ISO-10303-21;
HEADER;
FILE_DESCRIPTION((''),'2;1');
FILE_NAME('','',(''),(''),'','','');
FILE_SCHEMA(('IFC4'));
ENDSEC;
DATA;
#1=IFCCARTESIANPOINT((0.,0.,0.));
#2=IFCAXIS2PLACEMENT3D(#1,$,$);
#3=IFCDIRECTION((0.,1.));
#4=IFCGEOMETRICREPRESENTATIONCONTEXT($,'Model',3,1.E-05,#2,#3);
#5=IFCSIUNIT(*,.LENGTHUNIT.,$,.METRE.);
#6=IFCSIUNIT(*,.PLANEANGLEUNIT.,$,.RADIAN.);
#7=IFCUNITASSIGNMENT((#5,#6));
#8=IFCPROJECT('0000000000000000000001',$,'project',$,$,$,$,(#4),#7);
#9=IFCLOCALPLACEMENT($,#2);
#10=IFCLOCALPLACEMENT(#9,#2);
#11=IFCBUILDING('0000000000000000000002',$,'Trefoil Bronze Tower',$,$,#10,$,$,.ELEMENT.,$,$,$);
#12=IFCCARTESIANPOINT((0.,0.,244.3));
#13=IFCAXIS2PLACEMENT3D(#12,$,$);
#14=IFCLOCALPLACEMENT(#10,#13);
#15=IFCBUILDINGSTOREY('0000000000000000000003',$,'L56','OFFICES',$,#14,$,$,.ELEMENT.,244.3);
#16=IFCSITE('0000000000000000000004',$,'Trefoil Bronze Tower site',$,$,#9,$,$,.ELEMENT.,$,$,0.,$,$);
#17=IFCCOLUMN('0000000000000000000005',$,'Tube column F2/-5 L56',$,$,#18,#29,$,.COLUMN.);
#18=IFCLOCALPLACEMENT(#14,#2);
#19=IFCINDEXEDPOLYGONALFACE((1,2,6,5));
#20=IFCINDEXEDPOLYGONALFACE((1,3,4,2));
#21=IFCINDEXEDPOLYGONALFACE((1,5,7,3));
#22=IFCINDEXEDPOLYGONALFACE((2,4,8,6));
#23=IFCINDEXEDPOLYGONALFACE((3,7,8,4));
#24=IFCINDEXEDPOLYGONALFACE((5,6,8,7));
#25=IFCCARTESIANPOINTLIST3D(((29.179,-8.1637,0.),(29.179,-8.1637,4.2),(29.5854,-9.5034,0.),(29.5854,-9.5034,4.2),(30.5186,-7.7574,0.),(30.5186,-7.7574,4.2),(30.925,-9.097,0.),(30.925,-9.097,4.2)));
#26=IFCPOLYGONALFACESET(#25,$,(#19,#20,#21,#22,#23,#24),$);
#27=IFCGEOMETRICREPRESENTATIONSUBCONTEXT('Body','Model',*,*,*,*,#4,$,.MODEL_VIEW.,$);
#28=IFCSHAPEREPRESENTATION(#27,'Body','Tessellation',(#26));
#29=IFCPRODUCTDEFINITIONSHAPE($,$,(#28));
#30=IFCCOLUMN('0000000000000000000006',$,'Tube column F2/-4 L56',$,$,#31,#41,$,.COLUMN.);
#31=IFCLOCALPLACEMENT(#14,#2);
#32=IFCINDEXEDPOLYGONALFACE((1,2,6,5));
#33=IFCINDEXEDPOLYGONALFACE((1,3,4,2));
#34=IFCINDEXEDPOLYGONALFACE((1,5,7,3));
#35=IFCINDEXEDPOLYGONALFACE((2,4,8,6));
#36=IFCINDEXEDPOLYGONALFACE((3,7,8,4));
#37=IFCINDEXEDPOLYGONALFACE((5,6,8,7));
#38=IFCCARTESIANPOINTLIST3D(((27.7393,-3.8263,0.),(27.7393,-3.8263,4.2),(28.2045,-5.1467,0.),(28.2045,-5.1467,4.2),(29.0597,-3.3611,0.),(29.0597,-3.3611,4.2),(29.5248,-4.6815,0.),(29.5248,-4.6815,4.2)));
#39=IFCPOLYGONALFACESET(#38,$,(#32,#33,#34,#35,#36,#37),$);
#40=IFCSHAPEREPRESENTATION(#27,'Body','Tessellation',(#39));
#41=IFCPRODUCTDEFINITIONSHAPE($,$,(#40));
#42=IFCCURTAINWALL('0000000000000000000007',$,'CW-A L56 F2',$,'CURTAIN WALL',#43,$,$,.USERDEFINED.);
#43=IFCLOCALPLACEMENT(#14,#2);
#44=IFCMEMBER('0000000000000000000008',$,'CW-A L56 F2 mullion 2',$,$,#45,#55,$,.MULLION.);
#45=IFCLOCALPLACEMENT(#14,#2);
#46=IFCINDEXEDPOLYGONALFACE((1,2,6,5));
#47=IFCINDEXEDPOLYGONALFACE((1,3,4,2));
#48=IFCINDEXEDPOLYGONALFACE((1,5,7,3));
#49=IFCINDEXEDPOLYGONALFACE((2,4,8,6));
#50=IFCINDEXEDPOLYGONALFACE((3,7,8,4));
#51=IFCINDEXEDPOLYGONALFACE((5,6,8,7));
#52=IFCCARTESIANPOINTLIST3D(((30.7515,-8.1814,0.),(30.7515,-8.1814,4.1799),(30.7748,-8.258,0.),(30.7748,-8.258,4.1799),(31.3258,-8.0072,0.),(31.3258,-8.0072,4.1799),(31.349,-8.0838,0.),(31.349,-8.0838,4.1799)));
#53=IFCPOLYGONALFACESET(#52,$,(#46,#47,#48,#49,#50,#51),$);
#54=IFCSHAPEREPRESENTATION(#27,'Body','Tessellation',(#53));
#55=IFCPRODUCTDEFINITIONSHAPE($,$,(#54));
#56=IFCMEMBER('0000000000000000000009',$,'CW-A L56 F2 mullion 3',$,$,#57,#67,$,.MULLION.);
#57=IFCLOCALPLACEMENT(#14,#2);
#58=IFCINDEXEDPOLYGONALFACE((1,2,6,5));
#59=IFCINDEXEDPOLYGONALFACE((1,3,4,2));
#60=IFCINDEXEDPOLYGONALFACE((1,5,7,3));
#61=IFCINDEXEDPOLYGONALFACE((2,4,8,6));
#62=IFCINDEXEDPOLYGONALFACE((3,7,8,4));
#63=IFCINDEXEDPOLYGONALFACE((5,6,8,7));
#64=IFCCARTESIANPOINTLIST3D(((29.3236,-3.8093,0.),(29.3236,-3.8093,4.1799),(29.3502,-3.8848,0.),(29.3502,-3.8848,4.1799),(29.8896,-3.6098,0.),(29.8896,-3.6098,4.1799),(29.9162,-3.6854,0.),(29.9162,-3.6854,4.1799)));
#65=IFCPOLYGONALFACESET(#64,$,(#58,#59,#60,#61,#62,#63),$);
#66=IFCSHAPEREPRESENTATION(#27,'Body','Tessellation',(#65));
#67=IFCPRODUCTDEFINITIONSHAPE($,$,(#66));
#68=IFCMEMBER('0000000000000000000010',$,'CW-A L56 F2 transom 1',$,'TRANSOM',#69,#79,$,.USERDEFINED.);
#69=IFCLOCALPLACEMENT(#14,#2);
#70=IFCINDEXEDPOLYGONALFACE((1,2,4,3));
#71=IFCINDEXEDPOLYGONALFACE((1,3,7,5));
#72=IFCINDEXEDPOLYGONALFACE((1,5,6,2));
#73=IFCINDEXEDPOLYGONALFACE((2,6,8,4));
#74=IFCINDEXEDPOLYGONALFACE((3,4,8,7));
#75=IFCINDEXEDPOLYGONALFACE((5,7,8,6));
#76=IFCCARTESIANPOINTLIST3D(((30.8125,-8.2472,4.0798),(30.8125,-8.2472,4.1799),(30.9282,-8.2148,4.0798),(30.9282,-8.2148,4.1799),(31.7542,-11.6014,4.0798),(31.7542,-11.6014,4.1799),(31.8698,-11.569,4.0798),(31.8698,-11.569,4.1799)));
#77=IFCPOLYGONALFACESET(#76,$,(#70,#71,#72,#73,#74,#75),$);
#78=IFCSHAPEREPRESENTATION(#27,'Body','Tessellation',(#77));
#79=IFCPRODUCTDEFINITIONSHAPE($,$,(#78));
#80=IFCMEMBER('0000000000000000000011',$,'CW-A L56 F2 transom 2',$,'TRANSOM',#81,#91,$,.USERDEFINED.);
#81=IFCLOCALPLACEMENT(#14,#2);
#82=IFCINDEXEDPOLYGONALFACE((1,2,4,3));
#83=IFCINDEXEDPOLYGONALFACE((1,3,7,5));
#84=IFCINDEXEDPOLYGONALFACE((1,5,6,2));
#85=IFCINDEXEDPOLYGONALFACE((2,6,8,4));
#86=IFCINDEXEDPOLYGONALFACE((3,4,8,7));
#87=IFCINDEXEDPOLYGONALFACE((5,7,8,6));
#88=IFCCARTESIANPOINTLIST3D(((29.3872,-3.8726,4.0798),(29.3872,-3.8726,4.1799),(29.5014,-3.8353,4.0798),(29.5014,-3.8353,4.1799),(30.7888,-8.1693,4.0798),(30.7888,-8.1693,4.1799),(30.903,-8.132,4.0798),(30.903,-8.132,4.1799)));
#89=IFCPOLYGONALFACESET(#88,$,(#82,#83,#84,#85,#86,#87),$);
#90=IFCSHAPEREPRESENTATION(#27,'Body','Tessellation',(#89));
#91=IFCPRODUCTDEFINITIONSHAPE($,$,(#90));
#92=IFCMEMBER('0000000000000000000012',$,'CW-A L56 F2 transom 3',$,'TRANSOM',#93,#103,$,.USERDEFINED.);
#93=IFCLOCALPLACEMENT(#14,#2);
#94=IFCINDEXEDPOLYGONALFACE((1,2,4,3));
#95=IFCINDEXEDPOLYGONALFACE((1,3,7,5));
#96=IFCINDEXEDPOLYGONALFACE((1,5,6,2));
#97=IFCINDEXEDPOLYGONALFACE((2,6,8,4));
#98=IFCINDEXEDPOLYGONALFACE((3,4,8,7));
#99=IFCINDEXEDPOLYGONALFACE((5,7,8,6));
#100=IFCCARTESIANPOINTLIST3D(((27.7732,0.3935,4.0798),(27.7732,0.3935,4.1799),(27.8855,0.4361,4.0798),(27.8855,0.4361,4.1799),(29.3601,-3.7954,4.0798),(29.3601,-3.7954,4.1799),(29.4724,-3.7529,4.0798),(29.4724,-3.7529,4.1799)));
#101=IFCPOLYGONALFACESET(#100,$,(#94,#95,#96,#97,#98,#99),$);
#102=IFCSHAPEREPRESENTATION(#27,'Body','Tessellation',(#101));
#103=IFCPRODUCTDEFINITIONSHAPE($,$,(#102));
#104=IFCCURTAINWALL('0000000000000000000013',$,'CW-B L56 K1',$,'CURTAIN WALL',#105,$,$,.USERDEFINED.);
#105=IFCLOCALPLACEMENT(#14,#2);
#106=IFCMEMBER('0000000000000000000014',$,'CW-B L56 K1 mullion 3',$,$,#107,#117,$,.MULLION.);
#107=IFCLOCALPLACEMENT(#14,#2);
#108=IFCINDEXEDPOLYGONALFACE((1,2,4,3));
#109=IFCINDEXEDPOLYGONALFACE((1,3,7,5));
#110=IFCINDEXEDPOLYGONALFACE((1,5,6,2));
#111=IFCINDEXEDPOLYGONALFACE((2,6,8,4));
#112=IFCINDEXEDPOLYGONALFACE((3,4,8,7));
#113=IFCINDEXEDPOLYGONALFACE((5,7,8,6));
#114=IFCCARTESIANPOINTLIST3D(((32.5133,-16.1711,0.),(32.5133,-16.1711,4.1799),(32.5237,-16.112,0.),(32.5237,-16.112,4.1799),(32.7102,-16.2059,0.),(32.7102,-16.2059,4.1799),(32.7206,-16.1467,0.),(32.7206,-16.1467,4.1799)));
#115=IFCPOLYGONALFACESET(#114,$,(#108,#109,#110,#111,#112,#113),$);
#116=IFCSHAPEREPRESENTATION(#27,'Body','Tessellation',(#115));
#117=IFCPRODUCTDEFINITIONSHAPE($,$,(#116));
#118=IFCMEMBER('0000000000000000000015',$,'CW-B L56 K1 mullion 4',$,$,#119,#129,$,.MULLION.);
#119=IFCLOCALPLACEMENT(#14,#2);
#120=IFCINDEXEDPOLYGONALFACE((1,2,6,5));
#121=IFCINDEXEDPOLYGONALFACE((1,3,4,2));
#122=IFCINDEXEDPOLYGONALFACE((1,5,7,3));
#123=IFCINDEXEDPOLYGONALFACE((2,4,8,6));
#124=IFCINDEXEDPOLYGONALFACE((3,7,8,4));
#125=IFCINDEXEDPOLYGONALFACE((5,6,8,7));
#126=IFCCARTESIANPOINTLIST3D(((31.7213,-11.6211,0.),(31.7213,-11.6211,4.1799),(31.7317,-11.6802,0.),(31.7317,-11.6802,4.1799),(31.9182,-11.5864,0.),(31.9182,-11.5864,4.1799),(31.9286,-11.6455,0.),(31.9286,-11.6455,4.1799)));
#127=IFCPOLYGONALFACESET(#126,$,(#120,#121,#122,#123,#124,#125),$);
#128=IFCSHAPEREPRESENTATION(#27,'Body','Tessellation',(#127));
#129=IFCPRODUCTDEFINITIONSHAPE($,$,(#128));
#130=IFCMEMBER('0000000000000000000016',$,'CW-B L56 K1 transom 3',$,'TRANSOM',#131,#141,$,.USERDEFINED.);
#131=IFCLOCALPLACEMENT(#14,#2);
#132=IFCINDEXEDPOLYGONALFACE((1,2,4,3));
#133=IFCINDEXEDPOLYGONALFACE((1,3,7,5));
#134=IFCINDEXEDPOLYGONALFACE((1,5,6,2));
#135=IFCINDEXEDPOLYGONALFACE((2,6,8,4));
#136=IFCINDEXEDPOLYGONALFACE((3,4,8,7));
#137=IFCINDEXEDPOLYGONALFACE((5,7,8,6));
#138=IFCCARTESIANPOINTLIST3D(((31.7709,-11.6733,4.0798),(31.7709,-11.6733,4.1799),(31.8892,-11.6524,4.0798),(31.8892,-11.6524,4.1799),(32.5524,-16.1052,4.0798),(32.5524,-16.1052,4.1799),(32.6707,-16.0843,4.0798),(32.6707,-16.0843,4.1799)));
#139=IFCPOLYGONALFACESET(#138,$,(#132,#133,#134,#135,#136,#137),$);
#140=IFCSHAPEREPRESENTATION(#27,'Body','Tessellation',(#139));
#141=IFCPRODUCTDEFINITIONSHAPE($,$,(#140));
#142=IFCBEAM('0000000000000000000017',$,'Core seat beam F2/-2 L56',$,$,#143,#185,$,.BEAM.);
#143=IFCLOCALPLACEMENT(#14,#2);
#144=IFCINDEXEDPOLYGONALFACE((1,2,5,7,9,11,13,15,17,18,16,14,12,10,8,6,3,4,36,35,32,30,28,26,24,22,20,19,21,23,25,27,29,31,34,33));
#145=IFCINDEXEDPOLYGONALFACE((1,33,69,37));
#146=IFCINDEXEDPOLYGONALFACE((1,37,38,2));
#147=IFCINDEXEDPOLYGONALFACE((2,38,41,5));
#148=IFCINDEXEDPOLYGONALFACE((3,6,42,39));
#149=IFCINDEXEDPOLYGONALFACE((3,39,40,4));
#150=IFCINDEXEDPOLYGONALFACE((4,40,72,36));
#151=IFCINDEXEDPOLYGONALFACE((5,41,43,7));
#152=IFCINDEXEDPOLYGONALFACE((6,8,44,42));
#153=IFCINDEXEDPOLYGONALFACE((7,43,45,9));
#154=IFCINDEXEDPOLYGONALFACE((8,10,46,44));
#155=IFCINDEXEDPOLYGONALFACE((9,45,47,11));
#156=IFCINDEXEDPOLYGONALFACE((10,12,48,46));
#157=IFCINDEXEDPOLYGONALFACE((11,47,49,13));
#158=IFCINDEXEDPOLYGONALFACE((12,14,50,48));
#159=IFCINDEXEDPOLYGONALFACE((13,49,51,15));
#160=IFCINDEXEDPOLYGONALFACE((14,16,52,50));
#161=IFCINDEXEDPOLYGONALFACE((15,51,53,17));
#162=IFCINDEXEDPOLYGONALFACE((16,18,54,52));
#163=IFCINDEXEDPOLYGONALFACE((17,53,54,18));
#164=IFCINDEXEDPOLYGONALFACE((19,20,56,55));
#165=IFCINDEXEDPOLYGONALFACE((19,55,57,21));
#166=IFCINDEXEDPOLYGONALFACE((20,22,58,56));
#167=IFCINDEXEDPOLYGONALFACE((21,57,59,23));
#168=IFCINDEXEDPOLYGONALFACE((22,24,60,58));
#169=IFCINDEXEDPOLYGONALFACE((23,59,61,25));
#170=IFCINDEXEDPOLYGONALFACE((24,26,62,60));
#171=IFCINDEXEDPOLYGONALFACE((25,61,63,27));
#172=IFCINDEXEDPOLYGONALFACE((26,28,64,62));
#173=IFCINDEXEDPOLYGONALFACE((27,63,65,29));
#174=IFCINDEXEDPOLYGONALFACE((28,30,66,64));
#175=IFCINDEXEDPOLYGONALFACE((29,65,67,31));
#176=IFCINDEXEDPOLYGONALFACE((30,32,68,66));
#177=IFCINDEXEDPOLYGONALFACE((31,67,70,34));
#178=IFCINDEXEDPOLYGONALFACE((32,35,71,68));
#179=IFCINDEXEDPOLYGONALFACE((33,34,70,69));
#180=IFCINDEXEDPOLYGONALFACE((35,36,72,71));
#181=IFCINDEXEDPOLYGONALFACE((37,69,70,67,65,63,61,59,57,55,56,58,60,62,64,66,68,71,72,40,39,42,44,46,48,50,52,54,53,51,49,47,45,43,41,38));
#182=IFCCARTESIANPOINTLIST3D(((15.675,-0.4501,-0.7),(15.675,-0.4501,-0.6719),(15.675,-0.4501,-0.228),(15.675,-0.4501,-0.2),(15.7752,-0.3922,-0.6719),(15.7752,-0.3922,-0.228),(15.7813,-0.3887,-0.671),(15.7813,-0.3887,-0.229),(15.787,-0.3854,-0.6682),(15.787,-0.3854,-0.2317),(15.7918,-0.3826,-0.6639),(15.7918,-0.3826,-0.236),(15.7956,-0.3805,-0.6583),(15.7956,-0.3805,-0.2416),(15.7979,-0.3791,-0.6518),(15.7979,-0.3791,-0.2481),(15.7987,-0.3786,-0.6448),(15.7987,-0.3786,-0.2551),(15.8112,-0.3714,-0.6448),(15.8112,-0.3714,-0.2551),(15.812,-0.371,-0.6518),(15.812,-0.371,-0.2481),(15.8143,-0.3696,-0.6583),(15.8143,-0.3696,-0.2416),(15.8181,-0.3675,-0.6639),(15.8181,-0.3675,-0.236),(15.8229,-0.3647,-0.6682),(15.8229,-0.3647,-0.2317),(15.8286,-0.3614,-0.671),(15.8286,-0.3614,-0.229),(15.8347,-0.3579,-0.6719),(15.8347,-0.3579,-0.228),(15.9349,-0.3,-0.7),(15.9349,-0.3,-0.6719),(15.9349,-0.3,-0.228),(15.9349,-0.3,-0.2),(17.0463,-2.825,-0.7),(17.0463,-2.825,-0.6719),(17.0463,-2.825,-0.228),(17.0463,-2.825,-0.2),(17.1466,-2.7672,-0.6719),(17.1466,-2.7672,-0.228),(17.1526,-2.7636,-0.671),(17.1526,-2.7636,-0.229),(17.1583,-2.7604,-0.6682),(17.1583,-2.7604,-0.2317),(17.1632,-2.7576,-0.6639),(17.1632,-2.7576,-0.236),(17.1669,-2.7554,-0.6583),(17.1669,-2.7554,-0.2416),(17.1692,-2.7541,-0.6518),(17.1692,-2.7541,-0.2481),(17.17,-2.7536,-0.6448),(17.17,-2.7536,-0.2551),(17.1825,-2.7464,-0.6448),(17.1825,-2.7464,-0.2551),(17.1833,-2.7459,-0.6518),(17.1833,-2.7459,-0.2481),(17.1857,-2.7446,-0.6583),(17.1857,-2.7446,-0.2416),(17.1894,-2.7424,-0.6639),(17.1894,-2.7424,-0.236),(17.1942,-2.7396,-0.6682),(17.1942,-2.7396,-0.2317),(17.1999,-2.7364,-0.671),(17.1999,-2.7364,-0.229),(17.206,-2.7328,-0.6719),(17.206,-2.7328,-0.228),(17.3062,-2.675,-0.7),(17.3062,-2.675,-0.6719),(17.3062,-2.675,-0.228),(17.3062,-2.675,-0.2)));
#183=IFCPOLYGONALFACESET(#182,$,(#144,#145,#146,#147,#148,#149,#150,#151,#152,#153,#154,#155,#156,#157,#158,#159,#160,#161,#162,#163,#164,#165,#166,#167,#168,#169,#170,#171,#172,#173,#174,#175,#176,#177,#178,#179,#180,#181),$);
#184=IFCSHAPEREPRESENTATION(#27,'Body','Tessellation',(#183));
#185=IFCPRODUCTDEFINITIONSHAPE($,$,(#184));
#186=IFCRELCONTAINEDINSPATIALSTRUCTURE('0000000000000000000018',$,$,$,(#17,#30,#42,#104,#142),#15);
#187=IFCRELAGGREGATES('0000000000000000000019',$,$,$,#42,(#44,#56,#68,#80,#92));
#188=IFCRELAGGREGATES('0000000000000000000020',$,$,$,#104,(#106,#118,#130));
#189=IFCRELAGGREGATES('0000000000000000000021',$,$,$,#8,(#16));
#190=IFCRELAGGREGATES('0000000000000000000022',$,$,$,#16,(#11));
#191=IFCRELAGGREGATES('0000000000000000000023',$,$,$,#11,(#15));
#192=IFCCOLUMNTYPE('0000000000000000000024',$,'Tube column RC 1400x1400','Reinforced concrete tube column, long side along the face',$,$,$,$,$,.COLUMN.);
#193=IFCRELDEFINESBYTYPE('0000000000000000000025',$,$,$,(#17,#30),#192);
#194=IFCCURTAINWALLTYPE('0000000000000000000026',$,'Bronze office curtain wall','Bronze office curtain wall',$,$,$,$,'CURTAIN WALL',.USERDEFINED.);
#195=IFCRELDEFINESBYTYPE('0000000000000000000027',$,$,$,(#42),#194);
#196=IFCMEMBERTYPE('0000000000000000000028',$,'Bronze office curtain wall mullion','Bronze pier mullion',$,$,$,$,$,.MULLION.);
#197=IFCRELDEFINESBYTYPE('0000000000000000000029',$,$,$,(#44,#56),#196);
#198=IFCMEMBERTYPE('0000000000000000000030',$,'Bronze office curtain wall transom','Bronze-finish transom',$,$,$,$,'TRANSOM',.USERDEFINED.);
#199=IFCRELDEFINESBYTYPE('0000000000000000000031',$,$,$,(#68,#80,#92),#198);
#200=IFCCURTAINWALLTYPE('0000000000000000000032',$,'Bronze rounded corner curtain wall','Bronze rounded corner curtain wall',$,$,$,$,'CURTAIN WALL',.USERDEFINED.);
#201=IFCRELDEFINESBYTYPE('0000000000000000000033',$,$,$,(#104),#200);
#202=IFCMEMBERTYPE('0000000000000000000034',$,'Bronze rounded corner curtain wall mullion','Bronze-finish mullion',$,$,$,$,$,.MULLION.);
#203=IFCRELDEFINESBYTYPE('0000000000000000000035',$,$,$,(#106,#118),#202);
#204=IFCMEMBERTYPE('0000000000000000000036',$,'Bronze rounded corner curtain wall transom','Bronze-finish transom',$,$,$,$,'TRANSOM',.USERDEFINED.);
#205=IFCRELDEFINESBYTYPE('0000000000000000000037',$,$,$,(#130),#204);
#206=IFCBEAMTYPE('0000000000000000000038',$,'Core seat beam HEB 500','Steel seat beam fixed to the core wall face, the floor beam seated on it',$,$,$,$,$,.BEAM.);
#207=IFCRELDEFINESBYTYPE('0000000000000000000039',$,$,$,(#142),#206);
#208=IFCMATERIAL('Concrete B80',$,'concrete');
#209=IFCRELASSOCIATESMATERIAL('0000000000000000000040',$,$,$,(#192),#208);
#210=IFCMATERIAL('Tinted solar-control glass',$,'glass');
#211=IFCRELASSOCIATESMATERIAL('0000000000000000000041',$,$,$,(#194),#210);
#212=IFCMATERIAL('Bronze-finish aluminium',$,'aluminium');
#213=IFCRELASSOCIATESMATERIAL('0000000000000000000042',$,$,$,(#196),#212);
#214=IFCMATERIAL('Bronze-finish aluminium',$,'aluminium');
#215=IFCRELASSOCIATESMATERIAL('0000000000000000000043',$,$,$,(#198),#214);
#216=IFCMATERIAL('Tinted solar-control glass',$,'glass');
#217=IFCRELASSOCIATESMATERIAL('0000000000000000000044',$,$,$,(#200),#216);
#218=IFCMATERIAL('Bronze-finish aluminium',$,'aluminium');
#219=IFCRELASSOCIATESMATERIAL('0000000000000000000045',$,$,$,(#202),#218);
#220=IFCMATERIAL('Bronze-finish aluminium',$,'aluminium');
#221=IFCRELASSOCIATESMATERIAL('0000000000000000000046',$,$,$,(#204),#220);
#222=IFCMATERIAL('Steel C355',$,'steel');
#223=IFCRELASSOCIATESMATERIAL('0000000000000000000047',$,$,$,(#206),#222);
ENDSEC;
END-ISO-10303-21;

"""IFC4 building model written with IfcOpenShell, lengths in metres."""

from ifc_helpers import new_model, si_unit, direction, frame, origin, origin_2d, place, context, subcontext, project, spatial, rectangle, i_section, extrude, material, material_profile, profile_set, type_object, element, aggregate, save


model = new_model("IFC4")

# Units and contexts
model_context = context("Model", 3, precision=1e-05, world=origin(), true_north=direction((0.0, 1.0)))
body_context = subcontext(model_context, "Body", "Model", "MODEL_VIEW")
ifc_project = project(units=[si_unit("LENGTHUNIT", "METRE"), si_unit("PLANEANGLEUNIT", "RADIAN")], contexts=[model_context])

# Site, building, storey
site_placement = place(None, origin())
site = spatial("IfcSite", under=ifc_project, at=site_placement, Name="Trefoil Bronze Tower site", CompositionType="ELEMENT", RefElevation=0.0)
building_placement = place(site_placement, origin())
building = spatial("IfcBuilding", under=site, at=building_placement, Name="Trefoil Bronze Tower", CompositionType="ELEMENT")
storey_placement = place(building_placement, frame((0.0, 0.0, 244.3)))
storey = spatial("IfcBuildingStorey", under=building, at=storey_placement, Name="L56", Description="OFFICES", CompositionType="ELEMENT", Elevation=244.3)

# Columns
ifc_material_1 = material(Name="Concrete B80", Category="concrete")
ifc_material_profile_1 = material_profile(ifc_material_1, rectangle(XDim=1.3999, YDim=1.3999, at=origin_2d()), Name="RC 1400x1400")
ifc_profile_set_1 = profile_set([ifc_material_profile_1], Name="Concrete B80")
column_type = type_object("IfcColumnType", Name="Tube column RC 1400x1400", Description="Reinforced concrete tube column, long side along the face", PredefinedType="COLUMN", material=ifc_profile_set_1)
for number, where, z_axis, x_axis, name in (
    (1, (30.052, -8.6304, 0.0), (0.0, 0.0, 1.0), (-0.290278, 0.956942, 0.0), "Tube column F2/-5 L56"),
    (2, (28.6321, -4.2539, 0.0), (0.0, 0.0, 1.0), (-0.332282, 0.94318, 0.0), "Tube column F2/-4 L56"),
):
    element("IfcColumn", number, at=place(storey_placement, frame(where, z_axis=z_axis, x_axis=x_axis)), inside=storey, type_object=column_type, Name=name, PredefinedType="COLUMN", context=body_context, shape_type="SweptSolid", body=[
        extrude(rectangle(XDim=1.3999, YDim=1.3999, at=origin_2d()), origin(), (0.0, 0.0, 1.0), 4.2),
    ])

# Curtain walls, members
ifc_material_2 = material(Name="Tinted solar-control glass", Category="glass")
curtain_wall_type_1 = type_object("IfcCurtainWallType", Name="Bronze office curtain wall", Description="Bronze office curtain wall", ElementType="CURTAIN WALL", PredefinedType="USERDEFINED", material=ifc_material_2)
curtain_wall_1_placement = place(storey_placement, origin())
curtain_wall_1 = element("IfcCurtainWall", 3, at=curtain_wall_1_placement, inside=storey, type_object=curtain_wall_type_1, Name="CW-A L56 F2", ObjectType="CURTAIN WALL", PredefinedType="USERDEFINED")
ifc_material_3 = material(Name="Bronze-finish aluminium", Category="aluminium")
ifc_material_profile_2 = material_profile(ifc_material_3, rectangle(XDim=0.6001, YDim=0.0801, at=origin_2d()), Name="CW-A mullion")
ifc_profile_set_2 = profile_set([ifc_material_profile_2], Name="Bronze-finish aluminium")
member_type_1 = type_object("IfcMemberType", Name="Bronze office curtain wall mullion", Description="Bronze pier mullion", PredefinedType="MULLION", material=ifc_profile_set_2)
member_1_placement = place(storey_placement, frame((31.0503, -8.1326, 0.0), z_axis=(0.0, 0.0, 1.0), x_axis=(-0.956942, -0.290278, 0.0)))
member_1 = element("IfcMember", 4, at=member_1_placement, type_object=member_type_1, Name="CW-A L56 F2 mullion 2", PredefinedType="MULLION", context=body_context, shape_type="SweptSolid", body=[
    extrude(rectangle(XDim=0.6001, YDim=0.0801, at=origin_2d()), origin(), (0.0, 0.0, 1.0), 4.1799),
])
member_2_placement = place(storey_placement, frame((29.6199, -3.7473, 0.0), z_axis=(0.0, 0.0, 1.0), x_axis=(-0.94318, -0.332282, 0.0)))
member_2 = element("IfcMember", 5, at=member_2_placement, type_object=member_type_1, Name="CW-A L56 F2 mullion 3", PredefinedType="MULLION", context=body_context, shape_type="SweptSolid", body=[
    extrude(rectangle(XDim=0.6001, YDim=0.0801, at=origin_2d()), origin(), (0.0, 0.0, 1.0), 4.1799),
])
ifc_material_4 = material(Name="Bronze-finish aluminium", Category="aluminium")
ifc_material_profile_3 = material_profile(ifc_material_4, rectangle(XDim=0.1201, YDim=0.1001, at=origin_2d()), Name="CW-A transom")
ifc_profile_set_3 = profile_set([ifc_material_profile_3], Name="Bronze-finish aluminium")
member_type_2 = type_object("IfcMemberType", Name="Bronze office curtain wall transom", Description="Bronze-finish transom", ElementType="TRANSOM", PredefinedType="USERDEFINED", material=ifc_profile_set_3)
member_3_placement = place(storey_placement, frame((31.812, -11.5852, 4.1299), z_axis=(-0.270285, 0.96278, 0.0), x_axis=(-0.96278, -0.270285, 0.0)))
member_3 = element("IfcMember", 6, at=member_3_placement, type_object=member_type_2, Name="CW-A L56 F2 transom 1", ObjectType="TRANSOM", PredefinedType="USERDEFINED", context=body_context, shape_type="SweptSolid", body=[
    extrude(rectangle(XDim=0.1201, YDim=0.1001, at=origin_2d()), origin(), (0.0, 0.0, 1.0), 3.4839),
])
member_4_placement = place(storey_placement, frame((30.8459, -8.1506, 4.1299), z_axis=(-0.310128, 0.950695, 0.0), x_axis=(-0.950695, -0.310128, 0.0)))
member_4 = element("IfcMember", 7, at=member_4_placement, type_object=member_type_2, Name="CW-A L56 F2 transom 2", ObjectType="TRANSOM", PredefinedType="USERDEFINED", context=body_context, shape_type="SweptSolid", body=[
    extrude(rectangle(XDim=0.1201, YDim=0.1001, at=origin_2d()), origin(), (0.0, 0.0, 1.0), 4.5195),
])
member_5_placement = place(storey_placement, frame((29.4163, -3.7742, 4.1299), z_axis=(-0.354263, 0.935146, 0.0), x_axis=(-0.935146, -0.354263, 0.0)))
member_5 = element("IfcMember", 8, at=member_5_placement, type_object=member_type_2, Name="CW-A L56 F2 transom 3", ObjectType="TRANSOM", PredefinedType="USERDEFINED", context=body_context, shape_type="SweptSolid", body=[
    extrude(rectangle(XDim=0.1201, YDim=0.1001, at=origin_2d()), origin(), (0.0, 0.0, 1.0), 4.4795),
])
ifc_material_5 = material(Name="Tinted solar-control glass", Category="glass")
curtain_wall_type_2 = type_object("IfcCurtainWallType", Name="Bronze rounded corner curtain wall", Description="Bronze rounded corner curtain wall", ElementType="CURTAIN WALL", PredefinedType="USERDEFINED", material=ifc_material_5)
curtain_wall_2_placement = place(storey_placement, origin())
curtain_wall_2 = element("IfcCurtainWall", 9, at=curtain_wall_2_placement, inside=storey, type_object=curtain_wall_type_2, Name="CW-B L56 K1", ObjectType="CURTAIN WALL", PredefinedType="USERDEFINED")
ifc_material_6 = material(Name="Bronze-finish aluminium", Category="aluminium")
ifc_material_profile_4 = material_profile(ifc_material_6, rectangle(XDim=0.2, YDim=0.0601, at=origin_2d()), Name="CW-B mullion")
ifc_profile_set_4 = profile_set([ifc_material_profile_4], Name="Bronze-finish aluminium")
member_type_3 = type_object("IfcMemberType", Name="Bronze rounded corner curtain wall mullion", Description="Bronze-finish mullion", PredefinedType="MULLION", material=ifc_profile_set_4)
member_6_placement = place(storey_placement, frame((32.6169, -16.1589, 0.0), z_axis=(0.0, 0.0, 1.0), x_axis=(-0.984808, 0.173648, 0.0)))
member_6 = element("IfcMember", 10, at=member_6_placement, type_object=member_type_3, Name="CW-B L56 K1 mullion 3", PredefinedType="MULLION", context=body_context, shape_type="SweptSolid", body=[
    extrude(rectangle(XDim=0.2, YDim=0.0601, at=origin_2d()), origin(), (0.0, 0.0, 1.0), 4.1799),
])
member_7_placement = place(storey_placement, frame((31.825, -11.6333, 0.0), z_axis=(0.0, 0.0, 1.0), x_axis=(-0.984808, -0.173648, 0.0)))
member_7 = element("IfcMember", 11, at=member_7_placement, type_object=member_type_3, Name="CW-B L56 K1 mullion 4", PredefinedType="MULLION", context=body_context, shape_type="SweptSolid", body=[
    extrude(rectangle(XDim=0.2, YDim=0.0601, at=origin_2d()), origin(), (0.0, 0.0, 1.0), 4.1799),
])
ifc_material_7 = material(Name="Bronze-finish aluminium", Category="aluminium")
ifc_material_profile_5 = material_profile(ifc_material_7, rectangle(XDim=0.1201, YDim=0.1001, at=origin_2d()), Name="CW-B transom")
ifc_profile_set_5 = profile_set([ifc_material_profile_5], Name="Bronze-finish aluminium")
member_type_4 = type_object("IfcMemberType", Name="Bronze rounded corner curtain wall transom", Description="Bronze-finish transom", ElementType="TRANSOM", PredefinedType="USERDEFINED", material=ifc_profile_set_5)
member_8_placement = place(storey_placement, frame((32.6116, -16.0947, 4.1299), z_axis=(-0.173655, 0.984806, 0.0), x_axis=(-0.984806, -0.173655, 0.0)))
member_8 = element("IfcMember", 12, at=member_8_placement, type_object=member_type_4, Name="CW-B L56 K1 transom 3", ObjectType="TRANSOM", PredefinedType="USERDEFINED", context=body_context, shape_type="SweptSolid", body=[
    extrude(rectangle(XDim=0.1201, YDim=0.1001, at=origin_2d()), origin(), (0.0, 0.0, 1.0), 4.5002),
])

# Beam
ifc_material_8 = material(Name="Steel C355", Category="steel")
ifc_material_profile_6 = material_profile(ifc_material_8, i_section(OverallWidth=0.3, OverallDepth=0.5, WebThickness=0.0144, FlangeThickness=0.0281, FilletRadius=0.0271, at=origin_2d()), Name="HEB 500")
ifc_profile_set_6 = profile_set([ifc_material_profile_6], Name="Steel C355")
beam_type_1 = type_object("IfcBeamType", Name="Core seat beam HEB 500", Description="Steel seat beam fixed to the core wall face, the floor beam seated on it", PredefinedType="BEAM", material=ifc_profile_set_6)
beam_1_placement = place(storey_placement, frame((17.1763, -2.75, -0.45), z_axis=(-0.500036, 0.866005, 0.0), x_axis=(-0.866005, -0.500036, 0.0)))
element("IfcBeam", 13, at=beam_1_placement, inside=storey, type_object=beam_type_1, Name="Core seat beam F2/-2 L56", PredefinedType="BEAM", context=body_context, shape_type="SweptSolid", body=[
    extrude(i_section(OverallWidth=0.3, OverallDepth=0.5, WebThickness=0.0144, FlangeThickness=0.0281, FilletRadius=0.0271, at=origin_2d()), origin(), (0.0, 0.0, 1.0), 2.7424),
])

aggregate(curtain_wall_1, [member_1, member_2, member_3, member_4, member_5])
aggregate(curtain_wall_2, [member_6, member_7, member_8])

save(model, "model.ifc")
